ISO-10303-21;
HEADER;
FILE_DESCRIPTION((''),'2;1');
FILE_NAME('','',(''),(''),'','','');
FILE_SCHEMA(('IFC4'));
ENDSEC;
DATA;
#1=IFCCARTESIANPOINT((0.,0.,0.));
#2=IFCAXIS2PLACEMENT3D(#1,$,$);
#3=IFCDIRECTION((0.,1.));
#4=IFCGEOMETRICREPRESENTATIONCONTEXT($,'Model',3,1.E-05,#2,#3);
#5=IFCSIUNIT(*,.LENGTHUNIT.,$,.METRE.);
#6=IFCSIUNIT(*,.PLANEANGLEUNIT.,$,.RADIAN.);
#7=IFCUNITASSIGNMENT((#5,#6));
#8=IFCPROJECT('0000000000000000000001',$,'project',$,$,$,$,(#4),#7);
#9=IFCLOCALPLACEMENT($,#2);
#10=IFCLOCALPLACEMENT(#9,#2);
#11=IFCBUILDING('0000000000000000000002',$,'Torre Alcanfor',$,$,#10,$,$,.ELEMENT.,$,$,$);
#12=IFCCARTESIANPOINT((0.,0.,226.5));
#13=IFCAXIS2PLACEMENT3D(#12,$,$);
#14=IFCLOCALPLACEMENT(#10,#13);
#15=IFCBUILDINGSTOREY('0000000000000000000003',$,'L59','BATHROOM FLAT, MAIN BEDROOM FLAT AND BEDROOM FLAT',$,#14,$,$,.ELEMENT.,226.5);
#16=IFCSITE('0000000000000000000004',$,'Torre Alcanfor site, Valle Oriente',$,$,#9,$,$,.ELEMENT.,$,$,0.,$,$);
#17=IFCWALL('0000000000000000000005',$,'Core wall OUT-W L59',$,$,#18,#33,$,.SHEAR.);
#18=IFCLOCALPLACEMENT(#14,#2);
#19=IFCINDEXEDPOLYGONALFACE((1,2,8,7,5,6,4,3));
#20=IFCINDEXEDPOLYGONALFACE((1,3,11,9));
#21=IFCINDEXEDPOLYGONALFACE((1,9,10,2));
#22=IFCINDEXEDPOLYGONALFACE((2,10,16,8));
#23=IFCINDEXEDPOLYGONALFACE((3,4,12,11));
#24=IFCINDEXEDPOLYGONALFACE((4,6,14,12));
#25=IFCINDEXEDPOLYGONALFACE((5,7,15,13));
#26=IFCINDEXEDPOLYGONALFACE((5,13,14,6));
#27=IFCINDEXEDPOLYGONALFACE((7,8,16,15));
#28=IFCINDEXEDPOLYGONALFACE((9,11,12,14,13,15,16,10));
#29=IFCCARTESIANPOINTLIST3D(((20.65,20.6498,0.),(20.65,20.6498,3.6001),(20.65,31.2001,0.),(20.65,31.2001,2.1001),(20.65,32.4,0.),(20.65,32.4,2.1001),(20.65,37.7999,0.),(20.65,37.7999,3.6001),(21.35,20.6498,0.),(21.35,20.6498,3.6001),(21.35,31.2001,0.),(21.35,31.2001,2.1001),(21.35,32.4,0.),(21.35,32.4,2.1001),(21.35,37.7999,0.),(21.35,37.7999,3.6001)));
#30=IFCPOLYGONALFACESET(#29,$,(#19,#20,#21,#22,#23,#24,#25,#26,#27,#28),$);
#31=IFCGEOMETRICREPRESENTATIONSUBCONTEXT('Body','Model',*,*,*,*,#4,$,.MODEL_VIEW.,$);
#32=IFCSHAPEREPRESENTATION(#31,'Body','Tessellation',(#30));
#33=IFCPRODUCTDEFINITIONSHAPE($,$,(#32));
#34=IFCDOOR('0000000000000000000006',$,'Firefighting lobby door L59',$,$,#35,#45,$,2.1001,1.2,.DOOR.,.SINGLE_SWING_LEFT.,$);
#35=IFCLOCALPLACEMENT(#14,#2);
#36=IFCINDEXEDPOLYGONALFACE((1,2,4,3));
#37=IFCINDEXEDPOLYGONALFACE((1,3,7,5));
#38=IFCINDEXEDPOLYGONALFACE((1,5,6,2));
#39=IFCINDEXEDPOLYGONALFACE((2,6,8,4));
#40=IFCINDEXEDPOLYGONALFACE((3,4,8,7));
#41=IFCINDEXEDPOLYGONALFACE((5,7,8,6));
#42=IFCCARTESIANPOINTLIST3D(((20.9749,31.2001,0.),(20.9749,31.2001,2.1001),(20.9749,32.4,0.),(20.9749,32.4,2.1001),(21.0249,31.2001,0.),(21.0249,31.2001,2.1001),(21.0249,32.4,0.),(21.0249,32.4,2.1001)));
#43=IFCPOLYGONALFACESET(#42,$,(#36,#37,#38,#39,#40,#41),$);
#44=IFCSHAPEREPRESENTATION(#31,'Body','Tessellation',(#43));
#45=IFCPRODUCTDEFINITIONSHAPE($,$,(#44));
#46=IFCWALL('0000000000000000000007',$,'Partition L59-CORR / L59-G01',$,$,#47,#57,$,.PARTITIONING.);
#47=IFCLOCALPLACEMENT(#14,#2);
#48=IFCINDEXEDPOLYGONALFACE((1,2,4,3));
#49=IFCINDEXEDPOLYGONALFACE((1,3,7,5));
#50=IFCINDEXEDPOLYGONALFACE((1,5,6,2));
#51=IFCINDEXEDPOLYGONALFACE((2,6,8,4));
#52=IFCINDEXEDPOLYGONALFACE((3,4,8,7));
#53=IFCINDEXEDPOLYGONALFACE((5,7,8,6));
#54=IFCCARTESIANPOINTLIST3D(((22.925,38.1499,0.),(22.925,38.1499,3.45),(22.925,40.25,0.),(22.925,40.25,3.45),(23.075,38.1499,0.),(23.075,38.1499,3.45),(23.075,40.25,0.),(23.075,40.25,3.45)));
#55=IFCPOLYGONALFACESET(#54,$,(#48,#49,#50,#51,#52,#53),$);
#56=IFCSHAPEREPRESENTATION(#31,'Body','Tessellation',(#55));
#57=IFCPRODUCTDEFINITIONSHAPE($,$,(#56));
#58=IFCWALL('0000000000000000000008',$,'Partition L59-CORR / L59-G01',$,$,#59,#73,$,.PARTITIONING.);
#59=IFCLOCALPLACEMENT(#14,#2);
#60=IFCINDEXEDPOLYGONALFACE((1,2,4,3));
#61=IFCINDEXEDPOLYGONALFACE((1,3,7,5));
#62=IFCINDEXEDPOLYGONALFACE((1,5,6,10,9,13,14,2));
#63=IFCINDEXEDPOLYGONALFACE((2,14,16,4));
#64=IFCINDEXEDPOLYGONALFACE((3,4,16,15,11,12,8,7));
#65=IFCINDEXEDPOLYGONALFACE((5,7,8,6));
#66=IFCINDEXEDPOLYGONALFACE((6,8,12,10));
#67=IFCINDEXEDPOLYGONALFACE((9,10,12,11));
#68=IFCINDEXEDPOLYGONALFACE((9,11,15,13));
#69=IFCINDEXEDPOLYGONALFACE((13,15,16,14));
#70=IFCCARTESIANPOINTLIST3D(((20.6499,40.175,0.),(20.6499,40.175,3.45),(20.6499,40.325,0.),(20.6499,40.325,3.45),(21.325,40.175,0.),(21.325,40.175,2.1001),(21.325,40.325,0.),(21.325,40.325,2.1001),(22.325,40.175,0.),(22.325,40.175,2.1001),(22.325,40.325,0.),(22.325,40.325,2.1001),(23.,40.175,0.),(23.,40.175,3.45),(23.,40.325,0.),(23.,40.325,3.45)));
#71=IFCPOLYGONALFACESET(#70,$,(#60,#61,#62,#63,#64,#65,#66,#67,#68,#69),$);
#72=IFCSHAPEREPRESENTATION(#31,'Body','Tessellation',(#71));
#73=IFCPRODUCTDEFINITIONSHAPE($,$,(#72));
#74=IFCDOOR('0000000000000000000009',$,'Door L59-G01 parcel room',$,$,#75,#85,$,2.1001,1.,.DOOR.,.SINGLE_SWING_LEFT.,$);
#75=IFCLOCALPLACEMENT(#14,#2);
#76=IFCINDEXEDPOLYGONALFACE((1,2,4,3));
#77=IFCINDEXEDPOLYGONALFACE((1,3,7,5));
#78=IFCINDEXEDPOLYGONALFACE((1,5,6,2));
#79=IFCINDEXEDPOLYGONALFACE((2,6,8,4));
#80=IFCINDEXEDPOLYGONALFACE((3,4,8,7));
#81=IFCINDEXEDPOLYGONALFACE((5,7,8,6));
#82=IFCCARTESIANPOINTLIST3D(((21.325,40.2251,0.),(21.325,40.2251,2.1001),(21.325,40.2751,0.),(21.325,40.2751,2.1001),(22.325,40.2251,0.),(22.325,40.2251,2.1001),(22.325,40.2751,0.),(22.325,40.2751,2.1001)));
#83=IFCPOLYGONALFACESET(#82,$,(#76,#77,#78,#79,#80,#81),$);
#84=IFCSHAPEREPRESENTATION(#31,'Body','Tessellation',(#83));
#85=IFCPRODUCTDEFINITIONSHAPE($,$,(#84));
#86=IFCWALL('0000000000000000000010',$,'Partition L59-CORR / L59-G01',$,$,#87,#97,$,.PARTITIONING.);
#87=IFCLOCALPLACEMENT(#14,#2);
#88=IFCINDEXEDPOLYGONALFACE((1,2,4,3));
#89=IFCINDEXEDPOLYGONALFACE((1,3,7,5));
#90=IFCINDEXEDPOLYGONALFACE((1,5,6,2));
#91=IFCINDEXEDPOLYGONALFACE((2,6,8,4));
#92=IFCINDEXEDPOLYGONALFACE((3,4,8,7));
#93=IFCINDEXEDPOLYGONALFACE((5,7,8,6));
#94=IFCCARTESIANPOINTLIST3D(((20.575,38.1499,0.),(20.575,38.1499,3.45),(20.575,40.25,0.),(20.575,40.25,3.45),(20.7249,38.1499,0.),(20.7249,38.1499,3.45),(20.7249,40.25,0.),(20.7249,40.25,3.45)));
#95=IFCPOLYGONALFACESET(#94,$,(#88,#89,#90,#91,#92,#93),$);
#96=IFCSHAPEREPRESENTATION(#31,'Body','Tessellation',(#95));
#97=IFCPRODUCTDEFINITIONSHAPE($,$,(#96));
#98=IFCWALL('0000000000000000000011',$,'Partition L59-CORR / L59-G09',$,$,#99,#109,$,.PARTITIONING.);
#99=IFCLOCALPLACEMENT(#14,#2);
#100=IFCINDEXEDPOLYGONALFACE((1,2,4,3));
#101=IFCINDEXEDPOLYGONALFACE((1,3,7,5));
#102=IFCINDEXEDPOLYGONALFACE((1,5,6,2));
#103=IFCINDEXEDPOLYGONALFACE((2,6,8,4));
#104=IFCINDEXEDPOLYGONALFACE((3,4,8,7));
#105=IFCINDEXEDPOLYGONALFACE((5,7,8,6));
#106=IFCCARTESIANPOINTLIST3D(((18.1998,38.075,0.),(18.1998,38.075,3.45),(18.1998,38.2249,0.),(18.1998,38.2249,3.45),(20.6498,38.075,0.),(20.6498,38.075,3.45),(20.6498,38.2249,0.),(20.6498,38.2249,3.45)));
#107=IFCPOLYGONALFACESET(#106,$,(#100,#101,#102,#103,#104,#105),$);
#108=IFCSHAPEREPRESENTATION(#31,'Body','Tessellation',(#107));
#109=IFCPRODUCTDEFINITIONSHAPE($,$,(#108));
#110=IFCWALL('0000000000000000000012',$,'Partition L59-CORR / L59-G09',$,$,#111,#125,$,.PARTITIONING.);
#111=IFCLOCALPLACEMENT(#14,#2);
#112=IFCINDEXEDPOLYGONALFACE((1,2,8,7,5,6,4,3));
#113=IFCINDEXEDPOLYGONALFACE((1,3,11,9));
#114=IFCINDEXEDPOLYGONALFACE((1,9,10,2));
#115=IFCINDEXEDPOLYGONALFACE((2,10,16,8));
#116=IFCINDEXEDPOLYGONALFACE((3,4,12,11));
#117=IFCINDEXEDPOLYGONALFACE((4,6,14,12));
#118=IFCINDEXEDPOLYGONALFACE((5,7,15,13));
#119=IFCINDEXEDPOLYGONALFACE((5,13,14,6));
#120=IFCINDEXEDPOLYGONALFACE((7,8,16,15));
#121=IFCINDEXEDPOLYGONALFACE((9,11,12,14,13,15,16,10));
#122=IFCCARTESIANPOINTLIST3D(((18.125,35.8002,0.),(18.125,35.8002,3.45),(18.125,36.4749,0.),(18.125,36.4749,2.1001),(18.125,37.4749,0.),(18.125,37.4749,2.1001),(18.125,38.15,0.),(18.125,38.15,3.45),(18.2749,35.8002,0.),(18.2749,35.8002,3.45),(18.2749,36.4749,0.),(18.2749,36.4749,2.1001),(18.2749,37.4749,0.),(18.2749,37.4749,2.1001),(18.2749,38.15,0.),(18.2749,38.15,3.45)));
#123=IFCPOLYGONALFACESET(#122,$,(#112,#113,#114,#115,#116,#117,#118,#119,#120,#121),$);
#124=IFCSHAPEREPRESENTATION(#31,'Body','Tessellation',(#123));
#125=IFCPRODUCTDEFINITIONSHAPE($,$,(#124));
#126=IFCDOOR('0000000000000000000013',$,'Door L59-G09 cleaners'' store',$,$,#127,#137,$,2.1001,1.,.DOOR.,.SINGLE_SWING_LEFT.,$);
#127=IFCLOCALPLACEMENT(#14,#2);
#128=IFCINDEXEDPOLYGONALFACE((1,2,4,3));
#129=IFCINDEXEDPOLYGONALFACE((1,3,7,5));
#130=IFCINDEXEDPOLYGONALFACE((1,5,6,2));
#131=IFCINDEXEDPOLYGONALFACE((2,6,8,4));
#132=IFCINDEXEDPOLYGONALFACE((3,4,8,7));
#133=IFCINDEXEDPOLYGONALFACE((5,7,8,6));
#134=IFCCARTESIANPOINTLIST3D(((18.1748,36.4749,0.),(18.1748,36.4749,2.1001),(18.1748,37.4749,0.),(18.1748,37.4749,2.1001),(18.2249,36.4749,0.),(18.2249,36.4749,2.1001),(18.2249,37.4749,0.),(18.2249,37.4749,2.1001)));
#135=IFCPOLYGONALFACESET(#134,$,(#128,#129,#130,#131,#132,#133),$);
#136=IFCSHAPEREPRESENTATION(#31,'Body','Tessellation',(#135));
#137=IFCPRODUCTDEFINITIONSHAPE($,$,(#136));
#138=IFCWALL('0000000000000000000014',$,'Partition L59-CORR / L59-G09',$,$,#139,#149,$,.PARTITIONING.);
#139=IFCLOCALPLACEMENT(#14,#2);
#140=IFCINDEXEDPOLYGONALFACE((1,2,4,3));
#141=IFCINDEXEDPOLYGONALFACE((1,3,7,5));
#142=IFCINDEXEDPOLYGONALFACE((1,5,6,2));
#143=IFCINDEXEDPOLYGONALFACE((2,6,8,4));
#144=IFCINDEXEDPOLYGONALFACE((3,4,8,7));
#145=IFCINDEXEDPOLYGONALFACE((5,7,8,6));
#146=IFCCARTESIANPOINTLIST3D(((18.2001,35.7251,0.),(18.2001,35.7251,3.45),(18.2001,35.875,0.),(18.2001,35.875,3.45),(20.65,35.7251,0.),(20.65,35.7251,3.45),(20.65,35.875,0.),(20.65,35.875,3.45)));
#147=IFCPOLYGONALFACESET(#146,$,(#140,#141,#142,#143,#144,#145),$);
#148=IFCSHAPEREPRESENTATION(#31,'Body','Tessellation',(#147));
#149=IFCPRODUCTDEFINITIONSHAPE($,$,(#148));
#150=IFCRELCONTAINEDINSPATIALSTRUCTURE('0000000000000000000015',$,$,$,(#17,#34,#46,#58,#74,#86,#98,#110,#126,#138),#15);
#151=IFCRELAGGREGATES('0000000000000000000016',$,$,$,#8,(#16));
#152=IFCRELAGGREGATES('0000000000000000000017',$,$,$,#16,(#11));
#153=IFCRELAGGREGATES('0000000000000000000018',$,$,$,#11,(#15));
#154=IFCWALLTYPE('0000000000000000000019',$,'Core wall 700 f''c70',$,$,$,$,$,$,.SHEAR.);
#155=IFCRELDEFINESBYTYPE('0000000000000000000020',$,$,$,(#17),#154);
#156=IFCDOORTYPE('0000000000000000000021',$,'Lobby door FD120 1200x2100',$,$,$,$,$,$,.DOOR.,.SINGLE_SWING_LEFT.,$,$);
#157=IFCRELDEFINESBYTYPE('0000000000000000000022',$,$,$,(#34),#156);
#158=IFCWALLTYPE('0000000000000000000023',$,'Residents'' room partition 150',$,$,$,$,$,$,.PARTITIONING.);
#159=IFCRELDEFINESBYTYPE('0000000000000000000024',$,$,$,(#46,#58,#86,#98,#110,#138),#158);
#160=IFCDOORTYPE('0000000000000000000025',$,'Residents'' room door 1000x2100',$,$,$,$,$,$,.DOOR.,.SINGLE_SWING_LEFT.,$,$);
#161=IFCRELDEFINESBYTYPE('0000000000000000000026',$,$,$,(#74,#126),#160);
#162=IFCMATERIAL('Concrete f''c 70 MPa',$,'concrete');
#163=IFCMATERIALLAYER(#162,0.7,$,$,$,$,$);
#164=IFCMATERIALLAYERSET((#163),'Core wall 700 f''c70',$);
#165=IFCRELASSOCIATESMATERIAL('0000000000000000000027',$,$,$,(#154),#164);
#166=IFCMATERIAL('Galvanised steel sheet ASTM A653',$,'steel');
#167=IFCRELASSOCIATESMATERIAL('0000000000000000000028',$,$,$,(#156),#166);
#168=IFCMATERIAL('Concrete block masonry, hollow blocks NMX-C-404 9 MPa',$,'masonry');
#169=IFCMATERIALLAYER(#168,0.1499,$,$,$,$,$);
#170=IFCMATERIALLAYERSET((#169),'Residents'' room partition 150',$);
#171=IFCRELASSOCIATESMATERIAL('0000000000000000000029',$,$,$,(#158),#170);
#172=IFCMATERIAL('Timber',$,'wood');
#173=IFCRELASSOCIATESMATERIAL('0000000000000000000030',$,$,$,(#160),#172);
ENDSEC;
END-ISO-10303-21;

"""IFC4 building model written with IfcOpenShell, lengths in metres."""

from ifc_helpers import new_model, si_unit, direction, frame, frame_2d, origin, place, context, subcontext, project, spatial, rectangle, extrude, material, layer, layer_set, type_object, element, fill, save


model = new_model("IFC4")

# Units and contexts
model_context = context("Model", 3, precision=1e-05, world=origin(), true_north=direction((0.0, 1.0)))
body_context = subcontext(model_context, "Body", "Model", "MODEL_VIEW")
ifc_project = project(units=[si_unit("LENGTHUNIT", "METRE"), si_unit("PLANEANGLEUNIT", "RADIAN")], contexts=[model_context])

# Site, building, storey
site_placement = place(None, origin())
site = spatial("IfcSite", under=ifc_project, at=site_placement, Name="Torre Alcanfor site, Valle Oriente", CompositionType="ELEMENT", RefElevation=0.0)
building_placement = place(site_placement, origin())
building = spatial("IfcBuilding", under=site, at=building_placement, Name="Torre Alcanfor", CompositionType="ELEMENT")
storey_placement = place(building_placement, frame((0.0, 0.0, 226.5)))
storey = spatial("IfcBuildingStorey", under=building, at=storey_placement, Name="L59", Description="BATHROOM FLAT, MAIN BEDROOM FLAT AND BEDROOM FLAT", CompositionType="ELEMENT", Elevation=226.5)

# Wall, opening, door
ifc_material_1 = material(Name="Concrete f'c 70 MPa", Category="concrete")
ifc_layer_1 = layer(ifc_material_1, 0.7)
ifc_layer_set_1 = layer_set([ifc_layer_1], Name="Core wall 700 f'c70")
wall_type_1 = type_object("IfcWallType", Name="Core wall 700 f'c70", PredefinedType="SHEAR", material=ifc_layer_set_1)
wall_1_placement = place(storey_placement, frame((21.0, 37.8, 0.0), z_axis=(0.0, 0.0, 1.0), x_axis=(0.0, -1.0, 0.0)))
wall_1 = element("IfcWall", 1, at=wall_1_placement, inside=storey, type_object=wall_type_1, Name="Core wall OUT-W L59", PredefinedType="SHEAR", context=body_context, shape_type="SweptSolid", body=[
    extrude(rectangle(XDim=17.1501, YDim=0.7, at=frame_2d((8.5752, 0.0))), origin(), (0.0, 0.0, 1.0), 3.6001),
])
opening_1_placement = place(wall_1_placement, frame((5.3999, 0.0, 0.0)))
opening_1 = element("IfcOpeningElement", 2, at=opening_1_placement, cuts=wall_1, PredefinedType="OPENING", context=body_context, shape_type="SweptSolid", body=[
    extrude(rectangle(XDim=1.2, YDim=2.1001, at=frame_2d((0.6001, 1.05))), frame((0.0, 0.3599, 0.0), z_axis=(0.0, -1.0, 0.0), x_axis=(1.0, 0.0, 0.0)), (0.0, 0.0, 1.0), 0.72),
])
ifc_material_2 = material(Name="Galvanised steel sheet ASTM A653", Category="steel")
door_type_1 = type_object("IfcDoorType", Name="Lobby door FD120 1200x2100", OperationType="SINGLE_SWING_LEFT", PredefinedType="DOOR", material=ifc_material_2)
door_1_placement = place(opening_1_placement, origin())
door_1 = element("IfcDoor", 3, at=door_1_placement, inside=storey, type_object=door_type_1, Name="Firefighting lobby door L59", OperationType="SINGLE_SWING_LEFT", OverallHeight=2.1001, OverallWidth=1.2, PredefinedType="DOOR", context=body_context, shape_type="SweptSolid", body=[
    extrude(rectangle(XDim=1.2, YDim=2.1001, at=frame_2d((0.6001, 1.05))), frame((0.0, 0.0249, 0.0), z_axis=(0.0, -1.0, 0.0), x_axis=(1.0, 0.0, 0.0)), (0.0, 0.0, 1.0), 0.05),
])
fill(opening_1, door_1)

# Wall
ifc_material_3 = material(Name="Concrete block masonry, hollow blocks NMX-C-404 9 MPa", Category="masonry")
ifc_layer_2 = layer(ifc_material_3, 0.1499)
ifc_layer_set_2 = layer_set([ifc_layer_2], Name="Residents' room partition 150")
wall_type_2 = type_object("IfcWallType", Name="Residents' room partition 150", PredefinedType="PARTITIONING", material=ifc_layer_set_2)
wall_2_placement = place(storey_placement, frame((23.0, 38.1499, 0.0), z_axis=(0.0, 0.0, 1.0), x_axis=(0.0, 1.0, 0.0)))
element("IfcWall", 4, at=wall_2_placement, inside=storey, type_object=wall_type_2, Name="Partition L59-CORR / L59-G01", PredefinedType="PARTITIONING", context=body_context, shape_type="SweptSolid", body=[
    extrude(rectangle(XDim=2.1001, YDim=0.1499, at=frame_2d((1.05, 0.0))), origin(), (0.0, 0.0, 1.0), 3.45),
])

# Wall, opening, door
wall_3_placement = place(storey_placement, frame((23.0, 40.25, 0.0), z_axis=(0.0, 0.0, 1.0), x_axis=(-1.0, 0.0, 0.0)))
wall_3 = element("IfcWall", 5, at=wall_3_placement, inside=storey, type_object=wall_type_2, Name="Partition L59-CORR / L59-G01", PredefinedType="PARTITIONING", context=body_context, shape_type="SweptSolid", body=[
    extrude(rectangle(XDim=2.3501, YDim=0.1499, at=frame_2d((1.175, 0.0))), origin(), (0.0, 0.0, 1.0), 3.45),
])
opening_2_placement = place(wall_3_placement, frame((0.675, 0.0, 0.0)))
opening_2 = element("IfcOpeningElement", 6, at=opening_2_placement, cuts=wall_3, PredefinedType="OPENING", context=body_context, shape_type="SweptSolid", body=[
    extrude(rectangle(XDim=1.0, YDim=2.1001, at=frame_2d((0.5, 1.05))), frame((0.0, 0.085, 0.0), z_axis=(0.0, -1.0, 0.0), x_axis=(1.0, 0.0, 0.0)), (0.0, 0.0, 1.0), 0.1699),
])
ifc_material_4 = material(Name="Timber", Category="wood")
door_type_2 = type_object("IfcDoorType", Name="Residents' room door 1000x2100", OperationType="SINGLE_SWING_LEFT", PredefinedType="DOOR", material=ifc_material_4)
door_2_placement = place(opening_2_placement, origin())
door_2 = element("IfcDoor", 7, at=door_2_placement, inside=storey, type_object=door_type_2, Name="Door L59-G01 parcel room", OperationType="SINGLE_SWING_LEFT", OverallHeight=2.1001, OverallWidth=1.0, PredefinedType="DOOR", context=body_context, shape_type="SweptSolid", body=[
    extrude(rectangle(XDim=1.0, YDim=2.1001, at=frame_2d((0.5, 1.05))), frame((0.0, 0.0249, 0.0), z_axis=(0.0, -1.0, 0.0), x_axis=(1.0, 0.0, 0.0)), (0.0, 0.0, 1.0), 0.05),
])
fill(opening_2, door_2)

# Walls
wall_4_placement = place(storey_placement, frame((20.6499, 40.25, 0.0), z_axis=(0.0, 0.0, 1.0), x_axis=(0.0, -1.0, 0.0)))
element("IfcWall", 8, at=wall_4_placement, inside=storey, type_object=wall_type_2, Name="Partition L59-CORR / L59-G01", PredefinedType="PARTITIONING", context=body_context, shape_type="SweptSolid", body=[
    extrude(rectangle(XDim=2.1001, YDim=0.1499, at=frame_2d((1.05, 0.0))), origin(), (0.0, 0.0, 1.0), 3.45),
])
wall_5_placement = place(storey_placement, frame((20.6499, 38.1499, 0.0), z_axis=(0.0, 0.0, 1.0), x_axis=(-1.0, 0.0, 0.0)))
element("IfcWall", 9, at=wall_5_placement, inside=storey, type_object=wall_type_2, Name="Partition L59-CORR / L59-G09", PredefinedType="PARTITIONING", context=body_context, shape_type="SweptSolid", body=[
    extrude(rectangle(XDim=2.45, YDim=0.1499, at=frame_2d((1.2251, 0.0))), origin(), (0.0, 0.0, 1.0), 3.45),
])

# Wall, opening, door
wall_6_placement = place(storey_placement, frame((18.2, 38.1499, 0.0), z_axis=(0.0, 0.0, 1.0), x_axis=(0.0, -1.0, 0.0)))
wall_6 = element("IfcWall", 10, at=wall_6_placement, inside=storey, type_object=wall_type_2, Name="Partition L59-CORR / L59-G09", PredefinedType="PARTITIONING", context=body_context, shape_type="SweptSolid", body=[
    extrude(rectangle(XDim=2.3499, YDim=0.1499, at=frame_2d((1.1748, 0.0))), origin(), (0.0, 0.0, 1.0), 3.45),
])
opening_3_placement = place(wall_6_placement, frame((0.675, 0.0, 0.0)))
opening_3 = element("IfcOpeningElement", 11, at=opening_3_placement, cuts=wall_6, PredefinedType="OPENING", context=body_context, shape_type="SweptSolid", body=[
    extrude(rectangle(XDim=1.0, YDim=2.1001, at=frame_2d((0.5, 1.05))), frame((0.0, 0.085, 0.0), z_axis=(0.0, -1.0, 0.0), x_axis=(1.0, 0.0, 0.0)), (0.0, 0.0, 1.0), 0.1699),
])
door_3_placement = place(opening_3_placement, origin())
door_3 = element("IfcDoor", 12, at=door_3_placement, inside=storey, type_object=door_type_2, Name="Door L59-G09 cleaners' store", OperationType="SINGLE_SWING_LEFT", OverallHeight=2.1001, OverallWidth=1.0, PredefinedType="DOOR", context=body_context, shape_type="SweptSolid", body=[
    extrude(rectangle(XDim=1.0, YDim=2.1001, at=frame_2d((0.5, 1.05))), frame((0.0, 0.0249, 0.0), z_axis=(0.0, -1.0, 0.0), x_axis=(1.0, 0.0, 0.0)), (0.0, 0.0, 1.0), 0.05),
])
fill(opening_3, door_3)

# Wall
wall_7_placement = place(storey_placement, frame((18.2, 35.8, 0.0), z_axis=(0.0, 0.0, 1.0), x_axis=(1.0, 0.0, 0.0)))
element("IfcWall", 13, at=wall_7_placement, inside=storey, type_object=wall_type_2, Name="Partition L59-CORR / L59-G09", PredefinedType="PARTITIONING", context=body_context, shape_type="SweptSolid", body=[
    extrude(rectangle(XDim=2.45, YDim=0.1499, at=frame_2d((1.2251, 0.0))), origin(), (0.0, 0.0, 1.0), 3.45),
])

save(model, "model.ifc")
